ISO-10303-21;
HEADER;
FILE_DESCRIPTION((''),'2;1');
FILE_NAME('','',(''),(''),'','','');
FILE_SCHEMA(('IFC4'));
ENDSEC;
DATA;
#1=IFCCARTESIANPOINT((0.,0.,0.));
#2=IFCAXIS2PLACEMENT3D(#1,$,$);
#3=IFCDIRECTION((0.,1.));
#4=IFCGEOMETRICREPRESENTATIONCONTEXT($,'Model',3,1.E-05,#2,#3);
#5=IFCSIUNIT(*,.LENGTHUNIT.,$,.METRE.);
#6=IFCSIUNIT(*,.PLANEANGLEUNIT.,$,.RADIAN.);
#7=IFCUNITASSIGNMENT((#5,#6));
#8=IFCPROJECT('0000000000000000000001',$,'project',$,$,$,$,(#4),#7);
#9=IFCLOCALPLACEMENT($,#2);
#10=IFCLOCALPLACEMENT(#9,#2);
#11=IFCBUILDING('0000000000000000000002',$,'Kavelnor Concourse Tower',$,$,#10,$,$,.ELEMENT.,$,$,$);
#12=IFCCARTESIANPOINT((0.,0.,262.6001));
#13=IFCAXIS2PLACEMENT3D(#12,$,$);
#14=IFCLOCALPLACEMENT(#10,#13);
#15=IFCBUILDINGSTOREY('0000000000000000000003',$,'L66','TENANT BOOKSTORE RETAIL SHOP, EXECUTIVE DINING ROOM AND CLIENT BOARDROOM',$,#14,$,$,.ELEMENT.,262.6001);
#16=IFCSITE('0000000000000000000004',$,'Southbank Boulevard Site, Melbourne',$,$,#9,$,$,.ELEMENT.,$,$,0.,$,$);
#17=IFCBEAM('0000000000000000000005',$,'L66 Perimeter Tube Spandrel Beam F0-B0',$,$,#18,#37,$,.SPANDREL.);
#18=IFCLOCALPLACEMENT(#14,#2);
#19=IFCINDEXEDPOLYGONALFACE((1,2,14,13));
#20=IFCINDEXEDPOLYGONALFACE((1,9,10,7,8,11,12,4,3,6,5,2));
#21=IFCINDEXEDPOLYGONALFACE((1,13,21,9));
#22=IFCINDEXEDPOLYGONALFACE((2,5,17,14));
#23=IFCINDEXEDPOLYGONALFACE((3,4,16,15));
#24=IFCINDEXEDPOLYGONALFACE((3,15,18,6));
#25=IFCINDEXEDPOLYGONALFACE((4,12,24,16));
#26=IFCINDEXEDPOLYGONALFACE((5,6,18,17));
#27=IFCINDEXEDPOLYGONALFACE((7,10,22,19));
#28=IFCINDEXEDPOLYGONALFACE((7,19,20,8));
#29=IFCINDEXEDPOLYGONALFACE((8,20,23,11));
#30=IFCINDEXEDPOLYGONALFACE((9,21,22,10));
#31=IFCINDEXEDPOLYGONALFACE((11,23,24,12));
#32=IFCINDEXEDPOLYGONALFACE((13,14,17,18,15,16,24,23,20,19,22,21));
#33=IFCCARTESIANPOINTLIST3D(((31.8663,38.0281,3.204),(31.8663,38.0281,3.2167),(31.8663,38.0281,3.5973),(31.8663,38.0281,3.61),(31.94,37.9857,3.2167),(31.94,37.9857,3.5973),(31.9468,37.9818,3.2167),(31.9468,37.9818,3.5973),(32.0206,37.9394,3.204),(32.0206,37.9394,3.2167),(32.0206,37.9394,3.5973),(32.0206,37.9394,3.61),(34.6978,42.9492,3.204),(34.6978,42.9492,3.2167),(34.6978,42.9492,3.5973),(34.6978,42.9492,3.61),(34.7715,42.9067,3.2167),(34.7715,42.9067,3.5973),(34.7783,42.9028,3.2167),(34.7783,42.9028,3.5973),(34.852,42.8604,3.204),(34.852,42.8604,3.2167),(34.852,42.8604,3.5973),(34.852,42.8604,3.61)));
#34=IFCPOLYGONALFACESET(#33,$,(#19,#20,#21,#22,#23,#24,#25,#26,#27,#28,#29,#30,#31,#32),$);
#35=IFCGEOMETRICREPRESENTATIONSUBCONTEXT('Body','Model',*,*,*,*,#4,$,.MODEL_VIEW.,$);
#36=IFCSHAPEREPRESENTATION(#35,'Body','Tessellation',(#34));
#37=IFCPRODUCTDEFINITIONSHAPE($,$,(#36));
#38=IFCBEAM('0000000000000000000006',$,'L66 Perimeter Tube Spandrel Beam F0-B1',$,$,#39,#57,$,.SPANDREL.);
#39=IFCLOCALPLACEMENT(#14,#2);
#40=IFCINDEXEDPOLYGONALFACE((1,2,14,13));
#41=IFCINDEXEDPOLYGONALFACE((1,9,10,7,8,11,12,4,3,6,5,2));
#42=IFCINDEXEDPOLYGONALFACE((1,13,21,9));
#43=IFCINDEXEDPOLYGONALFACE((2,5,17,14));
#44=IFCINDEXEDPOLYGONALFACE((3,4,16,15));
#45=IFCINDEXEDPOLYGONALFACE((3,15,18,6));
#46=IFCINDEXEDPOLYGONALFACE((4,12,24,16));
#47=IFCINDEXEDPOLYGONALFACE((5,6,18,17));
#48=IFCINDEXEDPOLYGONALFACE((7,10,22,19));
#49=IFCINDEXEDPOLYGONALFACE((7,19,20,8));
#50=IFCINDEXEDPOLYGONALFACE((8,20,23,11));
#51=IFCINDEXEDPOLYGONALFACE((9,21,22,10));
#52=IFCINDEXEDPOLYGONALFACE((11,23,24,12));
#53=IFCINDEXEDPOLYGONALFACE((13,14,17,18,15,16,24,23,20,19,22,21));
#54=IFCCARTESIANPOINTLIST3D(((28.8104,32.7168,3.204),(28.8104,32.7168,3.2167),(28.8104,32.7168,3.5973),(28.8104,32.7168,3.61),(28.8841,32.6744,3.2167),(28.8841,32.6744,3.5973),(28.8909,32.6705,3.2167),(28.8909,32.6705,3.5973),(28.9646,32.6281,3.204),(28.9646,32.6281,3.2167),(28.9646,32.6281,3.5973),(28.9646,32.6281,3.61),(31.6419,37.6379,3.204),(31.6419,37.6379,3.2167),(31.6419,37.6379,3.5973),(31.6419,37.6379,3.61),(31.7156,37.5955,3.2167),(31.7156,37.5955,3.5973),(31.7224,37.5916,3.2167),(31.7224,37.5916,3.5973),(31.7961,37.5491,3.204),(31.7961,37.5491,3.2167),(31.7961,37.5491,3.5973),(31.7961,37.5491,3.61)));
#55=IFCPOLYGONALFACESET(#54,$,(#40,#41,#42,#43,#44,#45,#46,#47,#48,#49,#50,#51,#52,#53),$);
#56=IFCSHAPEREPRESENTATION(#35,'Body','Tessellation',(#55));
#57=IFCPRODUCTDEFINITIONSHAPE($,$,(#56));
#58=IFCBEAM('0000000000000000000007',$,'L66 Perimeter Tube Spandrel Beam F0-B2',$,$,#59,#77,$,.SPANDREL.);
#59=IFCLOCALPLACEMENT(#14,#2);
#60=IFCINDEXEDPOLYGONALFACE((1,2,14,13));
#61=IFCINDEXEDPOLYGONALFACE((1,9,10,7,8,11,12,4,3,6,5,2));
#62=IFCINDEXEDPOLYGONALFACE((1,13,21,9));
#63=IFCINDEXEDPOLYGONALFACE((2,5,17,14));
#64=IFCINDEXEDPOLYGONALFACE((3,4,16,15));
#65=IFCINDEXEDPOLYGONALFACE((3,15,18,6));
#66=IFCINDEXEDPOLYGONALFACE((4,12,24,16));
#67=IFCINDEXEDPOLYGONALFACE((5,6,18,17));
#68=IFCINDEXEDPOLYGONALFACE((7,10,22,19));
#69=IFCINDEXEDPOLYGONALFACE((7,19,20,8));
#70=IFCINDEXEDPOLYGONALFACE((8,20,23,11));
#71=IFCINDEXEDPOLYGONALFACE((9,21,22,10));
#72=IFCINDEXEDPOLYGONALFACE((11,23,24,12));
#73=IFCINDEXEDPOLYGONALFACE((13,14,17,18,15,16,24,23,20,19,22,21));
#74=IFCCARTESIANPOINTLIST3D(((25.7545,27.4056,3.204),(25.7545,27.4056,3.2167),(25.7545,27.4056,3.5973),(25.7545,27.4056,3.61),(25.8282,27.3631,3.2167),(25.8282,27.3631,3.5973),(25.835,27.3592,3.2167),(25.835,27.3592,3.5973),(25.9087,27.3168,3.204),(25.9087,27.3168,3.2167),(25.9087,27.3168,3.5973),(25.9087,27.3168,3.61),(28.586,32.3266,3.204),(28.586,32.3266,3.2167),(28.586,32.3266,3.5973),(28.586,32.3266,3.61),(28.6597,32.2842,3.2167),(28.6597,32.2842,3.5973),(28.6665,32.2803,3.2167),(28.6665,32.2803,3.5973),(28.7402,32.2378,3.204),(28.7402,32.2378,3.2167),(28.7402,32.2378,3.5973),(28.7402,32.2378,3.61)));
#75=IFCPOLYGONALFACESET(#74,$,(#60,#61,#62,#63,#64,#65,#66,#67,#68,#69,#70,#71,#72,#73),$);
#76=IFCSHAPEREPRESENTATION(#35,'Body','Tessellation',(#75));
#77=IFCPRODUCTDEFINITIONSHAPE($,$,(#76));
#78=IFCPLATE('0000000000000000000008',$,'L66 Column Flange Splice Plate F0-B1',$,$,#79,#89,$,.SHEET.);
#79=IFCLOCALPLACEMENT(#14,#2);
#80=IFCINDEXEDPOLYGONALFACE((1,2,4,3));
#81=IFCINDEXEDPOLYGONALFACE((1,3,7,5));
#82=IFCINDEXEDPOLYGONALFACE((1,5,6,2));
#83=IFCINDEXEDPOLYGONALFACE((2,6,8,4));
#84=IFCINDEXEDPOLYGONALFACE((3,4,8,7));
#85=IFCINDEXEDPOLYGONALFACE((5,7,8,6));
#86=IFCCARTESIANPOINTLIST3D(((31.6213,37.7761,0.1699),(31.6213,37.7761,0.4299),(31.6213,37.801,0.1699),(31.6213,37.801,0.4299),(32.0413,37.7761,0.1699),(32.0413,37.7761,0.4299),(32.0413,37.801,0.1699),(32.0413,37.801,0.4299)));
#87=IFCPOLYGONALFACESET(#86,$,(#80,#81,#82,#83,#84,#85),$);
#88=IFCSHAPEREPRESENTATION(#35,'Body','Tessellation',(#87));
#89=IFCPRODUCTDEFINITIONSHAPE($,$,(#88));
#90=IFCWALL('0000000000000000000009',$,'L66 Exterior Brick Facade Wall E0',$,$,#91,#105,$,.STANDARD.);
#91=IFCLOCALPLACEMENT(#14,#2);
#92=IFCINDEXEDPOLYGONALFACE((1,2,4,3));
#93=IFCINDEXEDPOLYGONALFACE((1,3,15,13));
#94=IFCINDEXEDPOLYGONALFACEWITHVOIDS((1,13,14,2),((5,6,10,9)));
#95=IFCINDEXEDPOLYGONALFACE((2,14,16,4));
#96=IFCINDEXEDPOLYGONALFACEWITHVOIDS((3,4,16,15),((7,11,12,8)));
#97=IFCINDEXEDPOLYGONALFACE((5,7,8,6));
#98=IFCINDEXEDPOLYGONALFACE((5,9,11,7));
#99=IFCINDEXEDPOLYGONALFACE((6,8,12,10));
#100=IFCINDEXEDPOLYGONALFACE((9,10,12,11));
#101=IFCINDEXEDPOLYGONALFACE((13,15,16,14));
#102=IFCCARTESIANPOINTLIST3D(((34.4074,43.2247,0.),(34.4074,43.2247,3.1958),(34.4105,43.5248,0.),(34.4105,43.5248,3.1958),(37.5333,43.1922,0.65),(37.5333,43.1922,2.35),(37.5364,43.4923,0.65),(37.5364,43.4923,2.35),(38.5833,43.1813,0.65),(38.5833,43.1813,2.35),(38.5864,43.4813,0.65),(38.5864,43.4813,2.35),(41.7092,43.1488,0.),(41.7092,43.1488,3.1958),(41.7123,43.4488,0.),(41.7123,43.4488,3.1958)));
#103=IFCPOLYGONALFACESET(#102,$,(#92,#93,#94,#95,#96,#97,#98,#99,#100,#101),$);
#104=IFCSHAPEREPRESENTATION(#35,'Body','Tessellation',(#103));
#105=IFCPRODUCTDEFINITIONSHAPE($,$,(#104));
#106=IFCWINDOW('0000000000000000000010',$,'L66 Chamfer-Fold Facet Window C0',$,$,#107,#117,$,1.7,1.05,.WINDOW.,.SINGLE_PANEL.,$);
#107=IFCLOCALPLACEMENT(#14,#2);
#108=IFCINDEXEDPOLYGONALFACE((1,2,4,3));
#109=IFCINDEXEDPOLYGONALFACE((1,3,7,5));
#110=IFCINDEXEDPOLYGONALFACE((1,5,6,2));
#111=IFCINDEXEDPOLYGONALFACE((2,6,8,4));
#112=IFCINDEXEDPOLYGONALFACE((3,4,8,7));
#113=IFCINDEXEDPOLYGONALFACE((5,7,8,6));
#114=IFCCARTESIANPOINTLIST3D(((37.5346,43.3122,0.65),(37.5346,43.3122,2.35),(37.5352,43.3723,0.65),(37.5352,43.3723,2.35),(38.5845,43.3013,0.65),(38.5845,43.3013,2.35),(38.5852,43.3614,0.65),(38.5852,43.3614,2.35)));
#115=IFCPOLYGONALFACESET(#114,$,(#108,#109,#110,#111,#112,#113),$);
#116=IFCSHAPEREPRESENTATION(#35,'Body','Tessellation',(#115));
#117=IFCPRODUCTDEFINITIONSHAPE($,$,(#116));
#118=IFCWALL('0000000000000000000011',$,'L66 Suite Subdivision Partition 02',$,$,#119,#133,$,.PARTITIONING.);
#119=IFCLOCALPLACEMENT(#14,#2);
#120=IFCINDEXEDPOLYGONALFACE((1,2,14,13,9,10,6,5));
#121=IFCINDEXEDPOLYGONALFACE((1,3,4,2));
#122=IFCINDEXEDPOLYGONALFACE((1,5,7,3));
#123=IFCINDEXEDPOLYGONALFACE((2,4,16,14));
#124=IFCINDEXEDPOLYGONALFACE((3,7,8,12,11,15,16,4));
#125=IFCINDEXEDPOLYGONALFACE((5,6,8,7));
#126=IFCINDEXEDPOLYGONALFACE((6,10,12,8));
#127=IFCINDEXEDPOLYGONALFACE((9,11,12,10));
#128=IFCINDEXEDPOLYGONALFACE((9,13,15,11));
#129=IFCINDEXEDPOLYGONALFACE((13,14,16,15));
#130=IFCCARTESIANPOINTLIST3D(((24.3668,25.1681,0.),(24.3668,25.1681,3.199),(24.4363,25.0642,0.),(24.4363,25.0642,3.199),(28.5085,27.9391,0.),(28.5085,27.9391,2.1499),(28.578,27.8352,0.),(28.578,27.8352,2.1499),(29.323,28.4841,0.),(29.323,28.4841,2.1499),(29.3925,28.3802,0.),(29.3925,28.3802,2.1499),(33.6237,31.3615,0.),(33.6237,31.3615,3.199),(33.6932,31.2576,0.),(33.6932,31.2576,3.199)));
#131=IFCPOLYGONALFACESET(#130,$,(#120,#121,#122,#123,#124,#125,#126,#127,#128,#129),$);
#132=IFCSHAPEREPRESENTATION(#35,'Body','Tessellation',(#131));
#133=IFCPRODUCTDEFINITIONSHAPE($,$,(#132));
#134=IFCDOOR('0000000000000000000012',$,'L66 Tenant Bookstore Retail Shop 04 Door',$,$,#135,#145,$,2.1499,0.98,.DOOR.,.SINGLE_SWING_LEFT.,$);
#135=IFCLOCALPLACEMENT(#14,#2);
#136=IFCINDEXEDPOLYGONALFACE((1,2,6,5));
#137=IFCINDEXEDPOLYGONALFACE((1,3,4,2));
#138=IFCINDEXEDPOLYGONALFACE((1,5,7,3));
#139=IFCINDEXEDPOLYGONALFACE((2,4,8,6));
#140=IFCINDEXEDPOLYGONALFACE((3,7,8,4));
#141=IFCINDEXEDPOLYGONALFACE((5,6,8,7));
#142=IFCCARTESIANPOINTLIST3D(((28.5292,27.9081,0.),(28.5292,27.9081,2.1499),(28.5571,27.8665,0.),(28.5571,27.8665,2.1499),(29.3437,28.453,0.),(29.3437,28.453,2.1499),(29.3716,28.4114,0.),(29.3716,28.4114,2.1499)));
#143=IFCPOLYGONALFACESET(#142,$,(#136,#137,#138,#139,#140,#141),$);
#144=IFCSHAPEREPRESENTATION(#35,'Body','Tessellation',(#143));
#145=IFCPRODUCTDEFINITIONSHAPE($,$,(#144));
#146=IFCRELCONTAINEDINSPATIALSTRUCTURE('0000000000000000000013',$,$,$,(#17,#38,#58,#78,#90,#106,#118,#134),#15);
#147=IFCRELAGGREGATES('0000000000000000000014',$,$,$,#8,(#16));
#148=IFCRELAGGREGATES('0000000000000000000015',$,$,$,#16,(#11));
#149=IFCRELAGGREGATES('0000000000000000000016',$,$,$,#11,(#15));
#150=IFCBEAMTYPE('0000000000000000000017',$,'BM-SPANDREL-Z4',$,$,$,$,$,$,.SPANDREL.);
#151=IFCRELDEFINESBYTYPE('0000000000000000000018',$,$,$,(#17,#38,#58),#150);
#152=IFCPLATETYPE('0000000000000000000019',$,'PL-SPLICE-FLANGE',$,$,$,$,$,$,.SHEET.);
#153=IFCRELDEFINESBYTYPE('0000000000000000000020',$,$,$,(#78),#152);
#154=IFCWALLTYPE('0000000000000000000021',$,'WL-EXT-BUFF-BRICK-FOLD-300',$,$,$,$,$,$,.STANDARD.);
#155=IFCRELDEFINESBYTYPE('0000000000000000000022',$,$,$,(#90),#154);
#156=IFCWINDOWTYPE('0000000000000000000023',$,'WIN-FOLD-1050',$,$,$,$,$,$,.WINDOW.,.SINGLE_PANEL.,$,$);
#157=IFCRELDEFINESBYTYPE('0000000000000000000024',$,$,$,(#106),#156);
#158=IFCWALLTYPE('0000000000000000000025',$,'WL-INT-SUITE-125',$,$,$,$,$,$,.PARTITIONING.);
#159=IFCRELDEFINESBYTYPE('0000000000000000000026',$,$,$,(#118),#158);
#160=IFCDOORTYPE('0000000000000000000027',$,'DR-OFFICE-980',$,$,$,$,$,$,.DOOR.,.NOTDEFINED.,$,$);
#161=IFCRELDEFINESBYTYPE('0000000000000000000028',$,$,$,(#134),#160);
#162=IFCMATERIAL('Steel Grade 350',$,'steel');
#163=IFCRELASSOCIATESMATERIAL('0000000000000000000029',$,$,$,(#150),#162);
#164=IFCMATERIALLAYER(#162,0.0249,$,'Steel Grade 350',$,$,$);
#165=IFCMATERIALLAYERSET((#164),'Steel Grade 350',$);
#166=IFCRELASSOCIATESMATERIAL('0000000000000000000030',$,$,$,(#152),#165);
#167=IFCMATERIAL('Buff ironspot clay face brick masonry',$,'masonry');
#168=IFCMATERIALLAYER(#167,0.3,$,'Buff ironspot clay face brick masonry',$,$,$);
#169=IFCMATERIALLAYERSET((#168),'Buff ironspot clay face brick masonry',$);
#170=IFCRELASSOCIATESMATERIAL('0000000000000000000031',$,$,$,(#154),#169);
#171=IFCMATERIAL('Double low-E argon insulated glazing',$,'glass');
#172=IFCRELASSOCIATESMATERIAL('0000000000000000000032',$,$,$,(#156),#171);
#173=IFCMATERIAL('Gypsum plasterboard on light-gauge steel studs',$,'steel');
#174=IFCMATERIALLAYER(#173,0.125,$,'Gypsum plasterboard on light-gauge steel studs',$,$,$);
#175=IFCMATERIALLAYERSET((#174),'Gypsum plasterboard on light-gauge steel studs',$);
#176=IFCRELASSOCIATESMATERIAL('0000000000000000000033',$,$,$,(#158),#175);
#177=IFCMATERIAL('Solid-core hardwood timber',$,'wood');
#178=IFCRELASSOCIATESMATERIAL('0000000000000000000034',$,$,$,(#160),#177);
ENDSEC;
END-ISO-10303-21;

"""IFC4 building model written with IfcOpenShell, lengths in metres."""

from ifc_helpers import new_model, si_unit, direction, frame, frame_2d, origin, origin_2d, place, context, subcontext, project, spatial, rectangle, i_section, extrude, material, layer, layer_set, material_profile, profile_set, type_object, element, fill, save


model = new_model("IFC4")

# Units and contexts
model_context = context("Model", 3, precision=1e-05, world=origin(), true_north=direction((0.0, 1.0)))
body_context = subcontext(model_context, "Body", "Model", "MODEL_VIEW")
ifc_project = project(units=[si_unit("LENGTHUNIT", "METRE"), si_unit("PLANEANGLEUNIT", "RADIAN")], contexts=[model_context])

# Site, building, storey
site_placement = place(None, origin())
site = spatial("IfcSite", under=ifc_project, at=site_placement, Name="Southbank Boulevard Site, Melbourne", CompositionType="ELEMENT", RefElevation=0.0)
building_placement = place(site_placement, origin())
building = spatial("IfcBuilding", under=site, at=building_placement, Name="Kavelnor Concourse Tower", CompositionType="ELEMENT")
storey_placement = place(building_placement, frame((0.0, 0.0, 262.6001)))
storey = spatial("IfcBuildingStorey", under=building, at=storey_placement, Name="L66", Description="TENANT BOOKSTORE RETAIL SHOP, EXECUTIVE DINING ROOM AND CLIENT BOARDROOM", CompositionType="ELEMENT", Elevation=262.6001)

# Shared definitions
ifc_material_1 = material(Name="Steel Grade 350", Category="steel")

# Beams
ifc_material_profile_1 = material_profile(ifc_material_1, i_section(OverallWidth=0.178, OverallDepth=0.406, WebThickness=0.0078, FlangeThickness=0.0127, at=origin_2d()), Name="410UB59")
ifc_profile_set_1 = profile_set([ifc_material_profile_1], Name="Steel Grade 350")
beam_type_1 = type_object("IfcBeamType", Name="BM-SPANDREL-Z4", PredefinedType="SPANDREL", material=ifc_profile_set_1)
for number, where, z_axis, x_axis, name in (
    (1, (34.7749, 42.9048, 3.407), (-0.498721, -0.866763, 0.0), (0.866763, -0.498721, 0.0), "L66 Perimeter Tube Spandrel Beam F0-B0"),
    (2, (31.719, 37.5935, 3.407), (-0.498721, -0.866763, 0.0), (0.866763, -0.498721, 0.0), "L66 Perimeter Tube Spandrel Beam F0-B1"),
    (3, (28.6631, 32.2822, 3.407), (-0.498721, -0.866763, 0.0), (0.866763, -0.498721, 0.0), "L66 Perimeter Tube Spandrel Beam F0-B2"),
):
    element("IfcBeam", number, at=place(storey_placement, frame(where, z_axis=z_axis, x_axis=x_axis)), inside=storey, type_object=beam_type_1, Name=name, PredefinedType="SPANDREL", context=body_context, shape_type="SweptSolid", body=[
        extrude(i_section(OverallWidth=0.178, OverallDepth=0.406, WebThickness=0.0078, FlangeThickness=0.0127, at=origin_2d()), origin(), (0.0, 0.0, 1.0), 5.6775),
    ])

# Plate
ifc_layer_1 = layer(ifc_material_1, 0.0249, Name="Steel Grade 350")
ifc_layer_set_1 = layer_set([ifc_layer_1], Name="Steel Grade 350")
plate_type = type_object("IfcPlateType", Name="PL-SPLICE-FLANGE", PredefinedType="SHEET", material=ifc_layer_set_1)
plate_placement = place(storey_placement, frame((31.8313, 37.7886, 0.1699), z_axis=(0.0, 0.0, 1.0), x_axis=(1.0, 0.0, 0.0)))
element("IfcPlate", 4, at=plate_placement, inside=storey, type_object=plate_type, Name="L66 Column Flange Splice Plate F0-B1", PredefinedType="SHEET", context=body_context, shape_type="SweptSolid", body=[
    extrude(rectangle(XDim=0.4199, YDim=0.0249, at=origin_2d()), origin(), (0.0, 0.0, 1.0), 0.26),
])

# Wall, opening, window
ifc_material_2 = material(Name="Buff ironspot clay face brick masonry", Category="masonry")
ifc_layer_2 = layer(ifc_material_2, 0.3, Name="Buff ironspot clay face brick masonry")
ifc_layer_set_2 = layer_set([ifc_layer_2], Name="Buff ironspot clay face brick masonry")
wall_type_1 = type_object("IfcWallType", Name="WL-EXT-BUFF-BRICK-FOLD-300", PredefinedType="STANDARD", material=ifc_layer_set_2)
wall_1_placement = place(storey_placement, frame((34.4089, 43.3748, 0.0), z_axis=(0.0, 0.0, 1.0), x_axis=(0.999946, -0.010398, 0.0)))
wall_1 = element("IfcWall", 5, at=wall_1_placement, inside=storey, type_object=wall_type_1, Name="L66 Exterior Brick Facade Wall E0", PredefinedType="STANDARD", context=body_context, shape_type="SweptSolid", body=[
    extrude(rectangle(XDim=7.3022, YDim=0.3, at=frame_2d((3.6511, 0.0))), origin(), (0.0, 0.0, 1.0), 3.1958),
])
opening_1_placement = place(wall_1_placement, frame((3.1262, 0.0, 0.6499)))
opening_1 = element("IfcOpeningElement", 6, at=opening_1_placement, cuts=wall_1, PredefinedType="OPENING", context=body_context, shape_type="SweptSolid", body=[
    extrude(rectangle(XDim=1.05, YDim=1.7, at=frame_2d((0.5249, 0.8501))), frame((0.0, 0.1602, 0.0), z_axis=(0.0, -1.0, 0.0), x_axis=(1.0, 0.0, 0.0)), (0.0, 0.0, 1.0), 0.3201),
])
ifc_material_3 = material(Name="Double low-E argon insulated glazing", Category="glass")
window_type = type_object("IfcWindowType", Name="WIN-FOLD-1050", PartitioningType="SINGLE_PANEL", PredefinedType="WINDOW", material=ifc_material_3)
window_placement = place(opening_1_placement, origin())
window = element("IfcWindow", 7, at=window_placement, inside=storey, type_object=window_type, Name="L66 Chamfer-Fold Facet Window C0", OverallHeight=1.7, OverallWidth=1.05, PartitioningType="SINGLE_PANEL", PredefinedType="WINDOW", context=body_context, shape_type="SweptSolid", body=[
    extrude(rectangle(XDim=1.05, YDim=1.7, at=frame_2d((0.5249, 0.8501))), frame((0.0, 0.03, 0.0), z_axis=(0.0, -1.0, 0.0), x_axis=(1.0, 0.0, 0.0)), (0.0, 0.0, 1.0), 0.0601),
])
fill(opening_1, window)

# Wall, opening, door
ifc_material_4 = material(Name="Gypsum plasterboard on light-gauge steel studs", Category="steel")
ifc_layer_3 = layer(ifc_material_4, 0.125, Name="Gypsum plasterboard on light-gauge steel studs")
ifc_layer_set_3 = layer_set([ifc_layer_3], Name="Gypsum plasterboard on light-gauge steel studs")
wall_type_2 = type_object("IfcWallType", Name="WL-INT-SUITE-125", PredefinedType="PARTITIONING", material=ifc_layer_set_3)
wall_2_placement = place(storey_placement, frame((33.6584, 31.3096, 0.0), z_axis=(0.0, 0.0, 1.0), x_axis=(-0.831132, -0.556075, 0.0)))
wall_2 = element("IfcWall", 8, at=wall_2_placement, inside=storey, type_object=wall_type_2, Name="L66 Suite Subdivision Partition 02", PredefinedType="PARTITIONING", context=body_context, shape_type="SweptSolid", body=[
    extrude(rectangle(XDim=11.1377, YDim=0.125, at=frame_2d((5.5688, 0.0))), origin(), (0.0, 0.0, 1.0), 3.199),
])
opening_2_placement = place(wall_2_placement, frame((5.1746, 0.0, 0.0)))
opening_2 = element("IfcOpeningElement", 9, at=opening_2_placement, cuts=wall_2, PredefinedType="OPENING", context=body_context, shape_type="SweptSolid", body=[
    extrude(rectangle(XDim=0.98, YDim=2.1499, at=frame_2d((0.49, 1.075))), frame((0.0, 0.0725, 0.0), z_axis=(0.0, -1.0, 0.0), x_axis=(1.0, 0.0, 0.0)), (0.0, 0.0, 1.0), 0.145),
])
ifc_material_5 = material(Name="Solid-core hardwood timber", Category="wood")
door_type = type_object("IfcDoorType", Name="DR-OFFICE-980", OperationType="NOTDEFINED", PredefinedType="DOOR", material=ifc_material_5)
door_placement = place(opening_2_placement, origin())
door = element("IfcDoor", 10, at=door_placement, inside=storey, type_object=door_type, Name="L66 Tenant Bookstore Retail Shop 04 Door", OperationType="SINGLE_SWING_LEFT", OverallHeight=2.1499, OverallWidth=0.98, PredefinedType="DOOR", context=body_context, shape_type="SweptSolid", body=[
    extrude(rectangle(XDim=0.98, YDim=2.1499, at=frame_2d((0.49, 1.075))), frame((0.0, 0.0249, 0.0), z_axis=(0.0, -1.0, 0.0), x_axis=(1.0, 0.0, 0.0)), (0.0, 0.0, 1.0), 0.05),
])
fill(opening_2, door)

save(model, "model.ifc")
